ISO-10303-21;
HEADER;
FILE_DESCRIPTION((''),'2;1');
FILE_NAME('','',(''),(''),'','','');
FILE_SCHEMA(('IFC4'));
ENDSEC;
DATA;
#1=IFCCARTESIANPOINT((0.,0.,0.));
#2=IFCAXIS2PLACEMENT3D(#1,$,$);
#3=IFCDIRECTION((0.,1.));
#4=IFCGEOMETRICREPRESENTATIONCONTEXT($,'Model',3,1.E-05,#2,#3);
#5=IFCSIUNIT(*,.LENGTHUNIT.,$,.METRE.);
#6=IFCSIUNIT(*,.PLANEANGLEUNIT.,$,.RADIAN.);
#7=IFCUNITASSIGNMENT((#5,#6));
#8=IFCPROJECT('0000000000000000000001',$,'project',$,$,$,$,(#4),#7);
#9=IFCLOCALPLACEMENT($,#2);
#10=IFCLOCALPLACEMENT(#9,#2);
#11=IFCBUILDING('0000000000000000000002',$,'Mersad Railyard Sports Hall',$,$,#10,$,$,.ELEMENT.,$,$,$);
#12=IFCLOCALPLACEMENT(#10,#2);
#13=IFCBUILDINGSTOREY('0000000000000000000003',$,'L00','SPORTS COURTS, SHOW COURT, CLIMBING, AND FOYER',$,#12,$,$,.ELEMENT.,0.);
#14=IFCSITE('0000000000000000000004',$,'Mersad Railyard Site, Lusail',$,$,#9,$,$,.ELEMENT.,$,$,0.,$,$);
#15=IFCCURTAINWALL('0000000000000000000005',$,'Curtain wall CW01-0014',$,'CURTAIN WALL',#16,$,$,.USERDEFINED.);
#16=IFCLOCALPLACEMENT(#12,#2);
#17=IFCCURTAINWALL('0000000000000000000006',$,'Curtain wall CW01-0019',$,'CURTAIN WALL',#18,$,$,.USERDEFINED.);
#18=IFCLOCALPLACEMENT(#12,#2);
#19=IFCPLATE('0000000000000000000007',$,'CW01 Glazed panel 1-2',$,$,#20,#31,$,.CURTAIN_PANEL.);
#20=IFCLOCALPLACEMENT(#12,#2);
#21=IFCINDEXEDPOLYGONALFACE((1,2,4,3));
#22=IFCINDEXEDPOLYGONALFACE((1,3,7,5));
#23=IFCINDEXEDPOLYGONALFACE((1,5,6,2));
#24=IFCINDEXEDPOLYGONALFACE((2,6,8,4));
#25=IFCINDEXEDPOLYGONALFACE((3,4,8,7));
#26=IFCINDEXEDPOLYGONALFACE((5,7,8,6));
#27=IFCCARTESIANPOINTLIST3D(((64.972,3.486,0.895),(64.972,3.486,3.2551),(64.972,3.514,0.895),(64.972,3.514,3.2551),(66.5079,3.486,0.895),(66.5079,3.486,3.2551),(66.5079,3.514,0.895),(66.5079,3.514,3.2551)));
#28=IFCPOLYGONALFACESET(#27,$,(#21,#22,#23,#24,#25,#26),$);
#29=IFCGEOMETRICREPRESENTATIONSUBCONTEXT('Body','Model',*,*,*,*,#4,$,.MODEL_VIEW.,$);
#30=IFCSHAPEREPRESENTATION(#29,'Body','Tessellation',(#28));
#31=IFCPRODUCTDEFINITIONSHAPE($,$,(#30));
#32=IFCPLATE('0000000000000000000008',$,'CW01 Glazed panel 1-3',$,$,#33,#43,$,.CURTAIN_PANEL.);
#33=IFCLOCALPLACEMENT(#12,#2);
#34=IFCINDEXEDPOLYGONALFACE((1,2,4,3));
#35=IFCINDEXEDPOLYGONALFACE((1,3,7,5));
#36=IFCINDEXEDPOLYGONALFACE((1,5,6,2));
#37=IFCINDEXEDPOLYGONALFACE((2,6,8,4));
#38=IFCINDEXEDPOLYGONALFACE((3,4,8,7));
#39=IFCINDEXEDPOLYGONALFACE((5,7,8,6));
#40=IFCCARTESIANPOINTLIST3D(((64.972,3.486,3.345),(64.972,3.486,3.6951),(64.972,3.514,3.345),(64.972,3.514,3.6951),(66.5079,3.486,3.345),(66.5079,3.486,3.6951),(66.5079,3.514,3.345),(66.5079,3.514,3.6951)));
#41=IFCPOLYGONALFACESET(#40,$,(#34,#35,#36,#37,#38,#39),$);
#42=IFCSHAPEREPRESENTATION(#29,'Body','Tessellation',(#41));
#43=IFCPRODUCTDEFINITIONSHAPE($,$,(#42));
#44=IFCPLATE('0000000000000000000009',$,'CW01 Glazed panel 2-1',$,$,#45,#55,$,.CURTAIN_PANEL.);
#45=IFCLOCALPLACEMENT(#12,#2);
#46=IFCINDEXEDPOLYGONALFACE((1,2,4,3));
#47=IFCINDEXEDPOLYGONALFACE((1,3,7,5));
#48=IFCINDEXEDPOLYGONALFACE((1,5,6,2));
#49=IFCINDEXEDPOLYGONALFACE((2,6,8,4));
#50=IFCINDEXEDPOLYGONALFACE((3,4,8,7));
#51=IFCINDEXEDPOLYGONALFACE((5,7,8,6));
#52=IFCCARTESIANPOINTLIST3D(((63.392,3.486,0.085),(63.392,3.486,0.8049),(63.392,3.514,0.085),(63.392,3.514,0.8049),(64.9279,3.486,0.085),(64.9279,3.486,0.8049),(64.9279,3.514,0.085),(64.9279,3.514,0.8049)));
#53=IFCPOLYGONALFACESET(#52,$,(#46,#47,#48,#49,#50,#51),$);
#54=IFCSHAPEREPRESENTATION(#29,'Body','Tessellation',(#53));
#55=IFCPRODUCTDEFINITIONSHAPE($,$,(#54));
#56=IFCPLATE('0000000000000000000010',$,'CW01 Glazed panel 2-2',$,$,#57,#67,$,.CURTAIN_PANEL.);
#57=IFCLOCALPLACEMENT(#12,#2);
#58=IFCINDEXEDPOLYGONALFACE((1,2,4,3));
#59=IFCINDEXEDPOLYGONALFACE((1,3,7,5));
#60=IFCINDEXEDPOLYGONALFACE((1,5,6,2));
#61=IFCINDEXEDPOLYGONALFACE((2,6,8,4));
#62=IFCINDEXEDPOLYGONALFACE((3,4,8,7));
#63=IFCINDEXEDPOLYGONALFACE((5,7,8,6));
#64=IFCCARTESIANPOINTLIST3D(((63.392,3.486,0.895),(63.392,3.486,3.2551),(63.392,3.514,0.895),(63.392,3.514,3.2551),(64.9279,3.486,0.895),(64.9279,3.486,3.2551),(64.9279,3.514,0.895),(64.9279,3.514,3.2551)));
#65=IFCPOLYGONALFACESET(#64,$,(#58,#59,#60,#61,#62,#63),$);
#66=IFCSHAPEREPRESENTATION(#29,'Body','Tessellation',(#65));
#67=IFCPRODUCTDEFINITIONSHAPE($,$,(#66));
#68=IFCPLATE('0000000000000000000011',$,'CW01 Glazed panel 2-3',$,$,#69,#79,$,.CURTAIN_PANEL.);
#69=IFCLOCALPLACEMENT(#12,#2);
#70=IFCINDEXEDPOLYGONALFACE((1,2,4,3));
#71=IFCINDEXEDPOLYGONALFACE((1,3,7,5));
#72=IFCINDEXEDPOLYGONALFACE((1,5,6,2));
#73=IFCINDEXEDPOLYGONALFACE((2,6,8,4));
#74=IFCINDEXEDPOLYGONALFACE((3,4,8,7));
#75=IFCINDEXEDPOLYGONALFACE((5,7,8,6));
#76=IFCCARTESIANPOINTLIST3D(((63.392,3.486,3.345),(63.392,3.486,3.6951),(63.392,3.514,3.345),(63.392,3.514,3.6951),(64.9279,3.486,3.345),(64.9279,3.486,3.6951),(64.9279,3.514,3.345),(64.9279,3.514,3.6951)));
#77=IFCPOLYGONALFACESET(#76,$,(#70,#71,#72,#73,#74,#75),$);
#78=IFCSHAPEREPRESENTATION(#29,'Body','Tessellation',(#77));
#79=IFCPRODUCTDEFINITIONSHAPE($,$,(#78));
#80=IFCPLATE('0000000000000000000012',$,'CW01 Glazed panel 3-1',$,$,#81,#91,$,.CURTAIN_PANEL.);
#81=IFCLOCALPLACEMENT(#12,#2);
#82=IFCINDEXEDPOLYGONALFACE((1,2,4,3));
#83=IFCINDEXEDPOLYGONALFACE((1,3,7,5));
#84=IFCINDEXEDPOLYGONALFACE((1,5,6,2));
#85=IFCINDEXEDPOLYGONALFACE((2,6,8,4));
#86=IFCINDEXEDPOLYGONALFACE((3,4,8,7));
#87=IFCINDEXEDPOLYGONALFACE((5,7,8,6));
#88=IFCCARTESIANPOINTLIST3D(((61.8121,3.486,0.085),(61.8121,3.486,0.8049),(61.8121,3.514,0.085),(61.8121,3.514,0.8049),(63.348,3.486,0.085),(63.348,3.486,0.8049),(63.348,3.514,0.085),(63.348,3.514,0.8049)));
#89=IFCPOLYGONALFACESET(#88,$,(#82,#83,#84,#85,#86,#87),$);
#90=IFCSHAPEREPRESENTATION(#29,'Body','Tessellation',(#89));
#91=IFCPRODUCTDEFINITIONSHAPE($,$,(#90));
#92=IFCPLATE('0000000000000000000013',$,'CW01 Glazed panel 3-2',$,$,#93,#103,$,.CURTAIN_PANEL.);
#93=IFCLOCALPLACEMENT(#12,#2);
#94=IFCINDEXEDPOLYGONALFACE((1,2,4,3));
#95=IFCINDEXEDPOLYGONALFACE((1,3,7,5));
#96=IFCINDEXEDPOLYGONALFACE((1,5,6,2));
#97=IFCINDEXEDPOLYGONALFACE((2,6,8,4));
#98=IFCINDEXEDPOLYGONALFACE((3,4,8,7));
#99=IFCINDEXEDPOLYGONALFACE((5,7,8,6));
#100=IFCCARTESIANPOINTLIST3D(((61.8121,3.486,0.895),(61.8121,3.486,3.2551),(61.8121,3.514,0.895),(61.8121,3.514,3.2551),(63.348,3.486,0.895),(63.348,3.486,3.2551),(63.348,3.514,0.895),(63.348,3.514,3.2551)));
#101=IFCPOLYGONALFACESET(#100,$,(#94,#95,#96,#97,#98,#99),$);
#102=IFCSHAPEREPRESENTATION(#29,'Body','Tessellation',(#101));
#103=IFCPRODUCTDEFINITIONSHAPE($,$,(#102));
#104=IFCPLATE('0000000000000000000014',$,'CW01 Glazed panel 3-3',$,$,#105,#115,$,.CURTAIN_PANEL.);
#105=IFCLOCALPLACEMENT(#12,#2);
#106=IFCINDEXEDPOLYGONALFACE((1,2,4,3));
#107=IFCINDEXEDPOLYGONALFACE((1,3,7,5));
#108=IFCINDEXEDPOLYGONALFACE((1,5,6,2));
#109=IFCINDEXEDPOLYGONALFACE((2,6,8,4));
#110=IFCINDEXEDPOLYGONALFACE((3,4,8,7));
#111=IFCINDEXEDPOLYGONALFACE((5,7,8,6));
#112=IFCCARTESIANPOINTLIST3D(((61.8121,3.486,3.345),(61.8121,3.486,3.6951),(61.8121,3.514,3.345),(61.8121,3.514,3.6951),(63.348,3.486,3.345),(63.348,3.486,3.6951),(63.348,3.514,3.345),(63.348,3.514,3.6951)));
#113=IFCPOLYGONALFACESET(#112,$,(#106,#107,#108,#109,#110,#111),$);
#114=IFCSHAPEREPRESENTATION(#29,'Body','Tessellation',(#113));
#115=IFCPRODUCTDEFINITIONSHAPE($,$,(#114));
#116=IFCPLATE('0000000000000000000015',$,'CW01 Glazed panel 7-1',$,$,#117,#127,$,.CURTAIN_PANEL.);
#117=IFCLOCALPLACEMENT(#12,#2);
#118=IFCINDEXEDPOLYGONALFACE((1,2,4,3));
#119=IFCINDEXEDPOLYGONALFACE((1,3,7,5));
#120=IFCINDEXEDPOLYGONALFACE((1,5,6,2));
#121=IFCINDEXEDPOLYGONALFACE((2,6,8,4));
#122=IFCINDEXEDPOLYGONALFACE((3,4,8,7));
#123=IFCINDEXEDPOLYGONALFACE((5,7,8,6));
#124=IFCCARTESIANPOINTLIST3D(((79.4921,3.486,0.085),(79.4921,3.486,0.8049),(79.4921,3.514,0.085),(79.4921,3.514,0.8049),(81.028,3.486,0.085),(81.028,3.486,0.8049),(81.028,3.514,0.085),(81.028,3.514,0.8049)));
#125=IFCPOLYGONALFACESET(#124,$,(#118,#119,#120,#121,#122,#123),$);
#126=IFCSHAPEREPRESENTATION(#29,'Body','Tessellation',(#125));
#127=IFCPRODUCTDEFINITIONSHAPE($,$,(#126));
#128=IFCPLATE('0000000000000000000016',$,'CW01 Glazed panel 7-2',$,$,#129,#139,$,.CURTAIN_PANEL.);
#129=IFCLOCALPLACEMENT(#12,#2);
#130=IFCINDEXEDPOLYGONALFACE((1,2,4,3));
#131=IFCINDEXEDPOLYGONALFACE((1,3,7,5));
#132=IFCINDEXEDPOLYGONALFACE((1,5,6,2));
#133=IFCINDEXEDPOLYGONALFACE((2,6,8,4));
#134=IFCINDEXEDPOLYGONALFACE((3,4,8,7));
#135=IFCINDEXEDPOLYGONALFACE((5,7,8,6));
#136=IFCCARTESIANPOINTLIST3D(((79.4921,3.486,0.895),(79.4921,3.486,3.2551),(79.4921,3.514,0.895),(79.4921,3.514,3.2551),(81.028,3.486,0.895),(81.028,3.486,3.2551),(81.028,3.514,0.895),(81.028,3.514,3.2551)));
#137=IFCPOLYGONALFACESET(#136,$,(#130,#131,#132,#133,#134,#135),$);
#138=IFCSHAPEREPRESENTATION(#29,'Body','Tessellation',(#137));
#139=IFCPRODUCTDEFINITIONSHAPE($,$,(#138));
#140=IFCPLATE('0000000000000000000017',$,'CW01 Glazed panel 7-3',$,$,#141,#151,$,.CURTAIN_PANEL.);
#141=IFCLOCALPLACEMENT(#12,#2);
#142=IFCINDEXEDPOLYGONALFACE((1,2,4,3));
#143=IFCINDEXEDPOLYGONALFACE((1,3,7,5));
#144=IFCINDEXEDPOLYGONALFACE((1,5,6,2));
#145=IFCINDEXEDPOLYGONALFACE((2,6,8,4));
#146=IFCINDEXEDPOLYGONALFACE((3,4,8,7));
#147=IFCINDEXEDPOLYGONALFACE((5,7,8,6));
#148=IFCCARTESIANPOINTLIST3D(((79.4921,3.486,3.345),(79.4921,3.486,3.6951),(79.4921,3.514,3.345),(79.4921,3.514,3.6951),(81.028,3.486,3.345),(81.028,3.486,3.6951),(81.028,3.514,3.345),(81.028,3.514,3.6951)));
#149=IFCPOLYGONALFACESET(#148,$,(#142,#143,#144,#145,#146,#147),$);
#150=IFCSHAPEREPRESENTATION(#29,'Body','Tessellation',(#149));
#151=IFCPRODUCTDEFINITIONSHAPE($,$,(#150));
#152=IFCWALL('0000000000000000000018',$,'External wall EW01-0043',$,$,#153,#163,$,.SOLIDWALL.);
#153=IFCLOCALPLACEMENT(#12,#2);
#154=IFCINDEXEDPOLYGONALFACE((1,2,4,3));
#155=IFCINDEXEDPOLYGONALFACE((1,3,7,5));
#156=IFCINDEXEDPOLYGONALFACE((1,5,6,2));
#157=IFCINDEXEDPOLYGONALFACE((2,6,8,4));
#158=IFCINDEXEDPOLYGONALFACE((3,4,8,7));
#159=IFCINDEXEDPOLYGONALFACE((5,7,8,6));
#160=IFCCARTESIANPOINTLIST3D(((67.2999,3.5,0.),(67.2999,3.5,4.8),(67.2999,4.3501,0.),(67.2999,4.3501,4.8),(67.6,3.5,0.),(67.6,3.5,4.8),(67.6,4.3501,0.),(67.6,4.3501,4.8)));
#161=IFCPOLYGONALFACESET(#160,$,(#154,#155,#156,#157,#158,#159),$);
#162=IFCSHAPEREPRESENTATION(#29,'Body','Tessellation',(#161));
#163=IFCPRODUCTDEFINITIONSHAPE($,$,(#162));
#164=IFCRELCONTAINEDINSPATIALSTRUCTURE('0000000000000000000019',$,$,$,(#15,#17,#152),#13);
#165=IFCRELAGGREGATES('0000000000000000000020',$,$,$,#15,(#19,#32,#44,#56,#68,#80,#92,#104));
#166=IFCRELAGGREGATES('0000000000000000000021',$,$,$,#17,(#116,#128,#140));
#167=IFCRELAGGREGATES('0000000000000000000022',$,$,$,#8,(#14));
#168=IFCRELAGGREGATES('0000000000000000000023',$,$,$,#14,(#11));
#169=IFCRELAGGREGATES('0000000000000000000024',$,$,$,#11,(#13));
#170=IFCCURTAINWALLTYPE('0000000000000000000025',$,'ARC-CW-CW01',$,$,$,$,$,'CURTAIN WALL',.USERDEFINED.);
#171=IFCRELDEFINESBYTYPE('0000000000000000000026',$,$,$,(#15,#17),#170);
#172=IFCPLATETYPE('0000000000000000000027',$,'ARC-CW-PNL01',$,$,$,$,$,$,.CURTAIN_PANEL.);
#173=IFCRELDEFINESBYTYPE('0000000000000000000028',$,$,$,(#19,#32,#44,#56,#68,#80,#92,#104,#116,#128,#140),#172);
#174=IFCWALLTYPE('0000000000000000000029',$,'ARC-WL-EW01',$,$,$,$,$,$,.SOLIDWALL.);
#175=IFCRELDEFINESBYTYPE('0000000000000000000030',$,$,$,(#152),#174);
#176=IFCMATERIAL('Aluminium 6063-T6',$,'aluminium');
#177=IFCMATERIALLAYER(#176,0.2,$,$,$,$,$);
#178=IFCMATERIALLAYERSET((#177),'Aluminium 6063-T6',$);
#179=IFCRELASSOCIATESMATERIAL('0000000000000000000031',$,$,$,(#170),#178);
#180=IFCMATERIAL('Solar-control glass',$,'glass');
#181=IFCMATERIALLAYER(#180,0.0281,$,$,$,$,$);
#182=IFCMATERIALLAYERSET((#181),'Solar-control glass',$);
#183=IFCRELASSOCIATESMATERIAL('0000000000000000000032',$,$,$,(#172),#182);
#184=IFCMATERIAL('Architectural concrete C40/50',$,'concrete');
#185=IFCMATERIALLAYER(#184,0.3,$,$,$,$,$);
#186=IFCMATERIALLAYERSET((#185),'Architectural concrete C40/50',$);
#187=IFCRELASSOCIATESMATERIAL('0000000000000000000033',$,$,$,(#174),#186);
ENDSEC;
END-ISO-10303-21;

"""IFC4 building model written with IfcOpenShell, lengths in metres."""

from ifc_helpers import new_model, si_unit, direction, frame, frame_2d, origin, origin_2d, place, context, subcontext, project, spatial, rectangle, extrude, material, layer, layer_set, type_object, element, aggregate, save


model = new_model("IFC4")

# Units and contexts
model_context = context("Model", 3, precision=1e-05, world=origin(), true_north=direction((0.0, 1.0)))
body_context = subcontext(model_context, "Body", "Model", "MODEL_VIEW")
ifc_project = project(units=[si_unit("LENGTHUNIT", "METRE"), si_unit("PLANEANGLEUNIT", "RADIAN")], contexts=[model_context])

# Site, building, storey
site_placement = place(None, origin())
site = spatial("IfcSite", under=ifc_project, at=site_placement, Name="Mersad Railyard Site, Lusail", CompositionType="ELEMENT", RefElevation=0.0)
building_placement = place(site_placement, origin())
building = spatial("IfcBuilding", under=site, at=building_placement, Name="Mersad Railyard Sports Hall", CompositionType="ELEMENT")
storey_placement = place(building_placement, origin())
storey = spatial("IfcBuildingStorey", under=building, at=storey_placement, Name="L00", Description="SPORTS COURTS, SHOW COURT, CLIMBING, AND FOYER", CompositionType="ELEMENT", Elevation=0.0)

# Curtain wall
ifc_material_1 = material(Name="Aluminium 6063-T6", Category="aluminium")
ifc_layer_1 = layer(ifc_material_1, 0.2)
ifc_layer_set_1 = layer_set([ifc_layer_1], Name="Aluminium 6063-T6")
curtain_wall_type = type_object("IfcCurtainWallType", Name="ARC-CW-CW01", ElementType="CURTAIN WALL", PredefinedType="USERDEFINED", material=ifc_layer_set_1)
curtain_wall_1_placement = place(storey_placement, origin())
curtain_wall_1 = element("IfcCurtainWall", 1, at=curtain_wall_1_placement, inside=storey, type_object=curtain_wall_type, Name="Curtain wall CW01-0014", ObjectType="CURTAIN WALL", PredefinedType="USERDEFINED")

# Curtain wall
curtain_wall_2_placement = place(storey_placement, origin())
curtain_wall_2 = element("IfcCurtainWall", 2, at=curtain_wall_2_placement, inside=storey, type_object=curtain_wall_type, Name="Curtain wall CW01-0019", ObjectType="CURTAIN WALL", PredefinedType="USERDEFINED")

# Plates
ifc_material_2 = material(Name="Solar-control glass", Category="glass")
ifc_layer_2 = layer(ifc_material_2, 0.0281)
ifc_layer_set_2 = layer_set([ifc_layer_2], Name="Solar-control glass")
plate_type = type_object("IfcPlateType", Name="ARC-CW-PNL01", PredefinedType="CURTAIN_PANEL", material=ifc_layer_set_2)
plate_1_placement = place(storey_placement, frame((65.74, 3.5, 0.895), z_axis=(0.0, 0.0, 1.0), x_axis=(-1.0, 0.0, 0.0)))
plate_1 = element("IfcPlate", 3, at=plate_1_placement, type_object=plate_type, Name="CW01 Glazed panel 1-2", PredefinedType="CURTAIN_PANEL", context=body_context, shape_type="SweptSolid", body=[
    extrude(rectangle(XDim=1.5359, YDim=0.0281, at=origin_2d()), origin(), (0.0, 0.0, 1.0), 2.3601),
])
plate_2_placement = place(storey_placement, frame((65.74, 3.5, 3.345), z_axis=(0.0, 0.0, 1.0), x_axis=(-1.0, 0.0, 0.0)))
plate_2 = element("IfcPlate", 4, at=plate_2_placement, type_object=plate_type, Name="CW01 Glazed panel 1-3", PredefinedType="CURTAIN_PANEL", context=body_context, shape_type="SweptSolid", body=[
    extrude(rectangle(XDim=1.5359, YDim=0.0281, at=origin_2d()), origin(), (0.0, 0.0, 1.0), 0.3501),
])
plate_3_placement = place(storey_placement, frame((64.1599, 3.5, 0.085), z_axis=(0.0, 0.0, 1.0), x_axis=(-1.0, 0.0, 0.0)))
plate_3 = element("IfcPlate", 5, at=plate_3_placement, type_object=plate_type, Name="CW01 Glazed panel 2-1", PredefinedType="CURTAIN_PANEL", context=body_context, shape_type="SweptSolid", body=[
    extrude(rectangle(XDim=1.5359, YDim=0.0281, at=origin_2d()), origin(), (0.0, 0.0, 1.0), 0.72),
])
plate_4_placement = place(storey_placement, frame((64.1599, 3.5, 0.895), z_axis=(0.0, 0.0, 1.0), x_axis=(-1.0, 0.0, 0.0)))
plate_4 = element("IfcPlate", 6, at=plate_4_placement, type_object=plate_type, Name="CW01 Glazed panel 2-2", PredefinedType="CURTAIN_PANEL", context=body_context, shape_type="SweptSolid", body=[
    extrude(rectangle(XDim=1.5359, YDim=0.0281, at=origin_2d()), origin(), (0.0, 0.0, 1.0), 2.3601),
])
plate_5_placement = place(storey_placement, frame((64.1599, 3.5, 3.345), z_axis=(0.0, 0.0, 1.0), x_axis=(-1.0, 0.0, 0.0)))
plate_5 = element("IfcPlate", 7, at=plate_5_placement, type_object=plate_type, Name="CW01 Glazed panel 2-3", PredefinedType="CURTAIN_PANEL", context=body_context, shape_type="SweptSolid", body=[
    extrude(rectangle(XDim=1.5359, YDim=0.0281, at=origin_2d()), origin(), (0.0, 0.0, 1.0), 0.3501),
])
plate_6_placement = place(storey_placement, frame((62.5801, 3.5, 0.085), z_axis=(0.0, 0.0, 1.0), x_axis=(-1.0, 0.0, 0.0)))
plate_6 = element("IfcPlate", 8, at=plate_6_placement, type_object=plate_type, Name="CW01 Glazed panel 3-1", PredefinedType="CURTAIN_PANEL", context=body_context, shape_type="SweptSolid", body=[
    extrude(rectangle(XDim=1.5359, YDim=0.0281, at=origin_2d()), origin(), (0.0, 0.0, 1.0), 0.72),
])
plate_7_placement = place(storey_placement, frame((62.5801, 3.5, 0.895), z_axis=(0.0, 0.0, 1.0), x_axis=(-1.0, 0.0, 0.0)))
plate_7 = element("IfcPlate", 9, at=plate_7_placement, type_object=plate_type, Name="CW01 Glazed panel 3-2", PredefinedType="CURTAIN_PANEL", context=body_context, shape_type="SweptSolid", body=[
    extrude(rectangle(XDim=1.5359, YDim=0.0281, at=origin_2d()), origin(), (0.0, 0.0, 1.0), 2.3601),
])
plate_8_placement = place(storey_placement, frame((62.5801, 3.5, 3.345), z_axis=(0.0, 0.0, 1.0), x_axis=(-1.0, 0.0, 0.0)))
plate_8 = element("IfcPlate", 10, at=plate_8_placement, type_object=plate_type, Name="CW01 Glazed panel 3-3", PredefinedType="CURTAIN_PANEL", context=body_context, shape_type="SweptSolid", body=[
    extrude(rectangle(XDim=1.5359, YDim=0.0281, at=origin_2d()), origin(), (0.0, 0.0, 1.0), 0.3501),
])
aggregate(curtain_wall_1, [plate_1, plate_2, plate_3, plate_4, plate_5, plate_6, plate_7, plate_8])
plate_9_placement = place(storey_placement, frame((80.26, 3.5, 0.085), z_axis=(0.0, 0.0, 1.0), x_axis=(-1.0, 0.0, 0.0)))
plate_9 = element("IfcPlate", 11, at=plate_9_placement, type_object=plate_type, Name="CW01 Glazed panel 7-1", PredefinedType="CURTAIN_PANEL", context=body_context, shape_type="SweptSolid", body=[
    extrude(rectangle(XDim=1.5359, YDim=0.0281, at=origin_2d()), origin(), (0.0, 0.0, 1.0), 0.72),
])
plate_10_placement = place(storey_placement, frame((80.26, 3.5, 0.895), z_axis=(0.0, 0.0, 1.0), x_axis=(-1.0, 0.0, 0.0)))
plate_10 = element("IfcPlate", 12, at=plate_10_placement, type_object=plate_type, Name="CW01 Glazed panel 7-2", PredefinedType="CURTAIN_PANEL", context=body_context, shape_type="SweptSolid", body=[
    extrude(rectangle(XDim=1.5359, YDim=0.0281, at=origin_2d()), origin(), (0.0, 0.0, 1.0), 2.3601),
])
plate_11_placement = place(storey_placement, frame((80.26, 3.5, 3.345), z_axis=(0.0, 0.0, 1.0), x_axis=(-1.0, 0.0, 0.0)))
plate_11 = element("IfcPlate", 13, at=plate_11_placement, type_object=plate_type, Name="CW01 Glazed panel 7-3", PredefinedType="CURTAIN_PANEL", context=body_context, shape_type="SweptSolid", body=[
    extrude(rectangle(XDim=1.5359, YDim=0.0281, at=origin_2d()), origin(), (0.0, 0.0, 1.0), 0.3501),
])
aggregate(curtain_wall_2, [plate_9, plate_10, plate_11])

# Wall
ifc_material_3 = material(Name="Architectural concrete C40/50", Category="concrete")
ifc_layer_3 = layer(ifc_material_3, 0.3)
ifc_layer_set_3 = layer_set([ifc_layer_3], Name="Architectural concrete C40/50")
wall_type = type_object("IfcWallType", Name="ARC-WL-EW01", PredefinedType="SOLIDWALL", material=ifc_layer_set_3)
wall_placement = place(storey_placement, frame((67.45, 3.5, 0.0), z_axis=(0.0, 0.0, 1.0), x_axis=(0.0, 1.0, 0.0)))
element("IfcWall", 14, at=wall_placement, inside=storey, type_object=wall_type, Name="External wall EW01-0043", PredefinedType="SOLIDWALL", context=body_context, shape_type="SweptSolid", body=[
    extrude(rectangle(XDim=0.8501, YDim=0.3, at=frame_2d((0.425, 0.0))), origin(), (0.0, 0.0, 1.0), 4.8),
])

save(model, "model.ifc")
